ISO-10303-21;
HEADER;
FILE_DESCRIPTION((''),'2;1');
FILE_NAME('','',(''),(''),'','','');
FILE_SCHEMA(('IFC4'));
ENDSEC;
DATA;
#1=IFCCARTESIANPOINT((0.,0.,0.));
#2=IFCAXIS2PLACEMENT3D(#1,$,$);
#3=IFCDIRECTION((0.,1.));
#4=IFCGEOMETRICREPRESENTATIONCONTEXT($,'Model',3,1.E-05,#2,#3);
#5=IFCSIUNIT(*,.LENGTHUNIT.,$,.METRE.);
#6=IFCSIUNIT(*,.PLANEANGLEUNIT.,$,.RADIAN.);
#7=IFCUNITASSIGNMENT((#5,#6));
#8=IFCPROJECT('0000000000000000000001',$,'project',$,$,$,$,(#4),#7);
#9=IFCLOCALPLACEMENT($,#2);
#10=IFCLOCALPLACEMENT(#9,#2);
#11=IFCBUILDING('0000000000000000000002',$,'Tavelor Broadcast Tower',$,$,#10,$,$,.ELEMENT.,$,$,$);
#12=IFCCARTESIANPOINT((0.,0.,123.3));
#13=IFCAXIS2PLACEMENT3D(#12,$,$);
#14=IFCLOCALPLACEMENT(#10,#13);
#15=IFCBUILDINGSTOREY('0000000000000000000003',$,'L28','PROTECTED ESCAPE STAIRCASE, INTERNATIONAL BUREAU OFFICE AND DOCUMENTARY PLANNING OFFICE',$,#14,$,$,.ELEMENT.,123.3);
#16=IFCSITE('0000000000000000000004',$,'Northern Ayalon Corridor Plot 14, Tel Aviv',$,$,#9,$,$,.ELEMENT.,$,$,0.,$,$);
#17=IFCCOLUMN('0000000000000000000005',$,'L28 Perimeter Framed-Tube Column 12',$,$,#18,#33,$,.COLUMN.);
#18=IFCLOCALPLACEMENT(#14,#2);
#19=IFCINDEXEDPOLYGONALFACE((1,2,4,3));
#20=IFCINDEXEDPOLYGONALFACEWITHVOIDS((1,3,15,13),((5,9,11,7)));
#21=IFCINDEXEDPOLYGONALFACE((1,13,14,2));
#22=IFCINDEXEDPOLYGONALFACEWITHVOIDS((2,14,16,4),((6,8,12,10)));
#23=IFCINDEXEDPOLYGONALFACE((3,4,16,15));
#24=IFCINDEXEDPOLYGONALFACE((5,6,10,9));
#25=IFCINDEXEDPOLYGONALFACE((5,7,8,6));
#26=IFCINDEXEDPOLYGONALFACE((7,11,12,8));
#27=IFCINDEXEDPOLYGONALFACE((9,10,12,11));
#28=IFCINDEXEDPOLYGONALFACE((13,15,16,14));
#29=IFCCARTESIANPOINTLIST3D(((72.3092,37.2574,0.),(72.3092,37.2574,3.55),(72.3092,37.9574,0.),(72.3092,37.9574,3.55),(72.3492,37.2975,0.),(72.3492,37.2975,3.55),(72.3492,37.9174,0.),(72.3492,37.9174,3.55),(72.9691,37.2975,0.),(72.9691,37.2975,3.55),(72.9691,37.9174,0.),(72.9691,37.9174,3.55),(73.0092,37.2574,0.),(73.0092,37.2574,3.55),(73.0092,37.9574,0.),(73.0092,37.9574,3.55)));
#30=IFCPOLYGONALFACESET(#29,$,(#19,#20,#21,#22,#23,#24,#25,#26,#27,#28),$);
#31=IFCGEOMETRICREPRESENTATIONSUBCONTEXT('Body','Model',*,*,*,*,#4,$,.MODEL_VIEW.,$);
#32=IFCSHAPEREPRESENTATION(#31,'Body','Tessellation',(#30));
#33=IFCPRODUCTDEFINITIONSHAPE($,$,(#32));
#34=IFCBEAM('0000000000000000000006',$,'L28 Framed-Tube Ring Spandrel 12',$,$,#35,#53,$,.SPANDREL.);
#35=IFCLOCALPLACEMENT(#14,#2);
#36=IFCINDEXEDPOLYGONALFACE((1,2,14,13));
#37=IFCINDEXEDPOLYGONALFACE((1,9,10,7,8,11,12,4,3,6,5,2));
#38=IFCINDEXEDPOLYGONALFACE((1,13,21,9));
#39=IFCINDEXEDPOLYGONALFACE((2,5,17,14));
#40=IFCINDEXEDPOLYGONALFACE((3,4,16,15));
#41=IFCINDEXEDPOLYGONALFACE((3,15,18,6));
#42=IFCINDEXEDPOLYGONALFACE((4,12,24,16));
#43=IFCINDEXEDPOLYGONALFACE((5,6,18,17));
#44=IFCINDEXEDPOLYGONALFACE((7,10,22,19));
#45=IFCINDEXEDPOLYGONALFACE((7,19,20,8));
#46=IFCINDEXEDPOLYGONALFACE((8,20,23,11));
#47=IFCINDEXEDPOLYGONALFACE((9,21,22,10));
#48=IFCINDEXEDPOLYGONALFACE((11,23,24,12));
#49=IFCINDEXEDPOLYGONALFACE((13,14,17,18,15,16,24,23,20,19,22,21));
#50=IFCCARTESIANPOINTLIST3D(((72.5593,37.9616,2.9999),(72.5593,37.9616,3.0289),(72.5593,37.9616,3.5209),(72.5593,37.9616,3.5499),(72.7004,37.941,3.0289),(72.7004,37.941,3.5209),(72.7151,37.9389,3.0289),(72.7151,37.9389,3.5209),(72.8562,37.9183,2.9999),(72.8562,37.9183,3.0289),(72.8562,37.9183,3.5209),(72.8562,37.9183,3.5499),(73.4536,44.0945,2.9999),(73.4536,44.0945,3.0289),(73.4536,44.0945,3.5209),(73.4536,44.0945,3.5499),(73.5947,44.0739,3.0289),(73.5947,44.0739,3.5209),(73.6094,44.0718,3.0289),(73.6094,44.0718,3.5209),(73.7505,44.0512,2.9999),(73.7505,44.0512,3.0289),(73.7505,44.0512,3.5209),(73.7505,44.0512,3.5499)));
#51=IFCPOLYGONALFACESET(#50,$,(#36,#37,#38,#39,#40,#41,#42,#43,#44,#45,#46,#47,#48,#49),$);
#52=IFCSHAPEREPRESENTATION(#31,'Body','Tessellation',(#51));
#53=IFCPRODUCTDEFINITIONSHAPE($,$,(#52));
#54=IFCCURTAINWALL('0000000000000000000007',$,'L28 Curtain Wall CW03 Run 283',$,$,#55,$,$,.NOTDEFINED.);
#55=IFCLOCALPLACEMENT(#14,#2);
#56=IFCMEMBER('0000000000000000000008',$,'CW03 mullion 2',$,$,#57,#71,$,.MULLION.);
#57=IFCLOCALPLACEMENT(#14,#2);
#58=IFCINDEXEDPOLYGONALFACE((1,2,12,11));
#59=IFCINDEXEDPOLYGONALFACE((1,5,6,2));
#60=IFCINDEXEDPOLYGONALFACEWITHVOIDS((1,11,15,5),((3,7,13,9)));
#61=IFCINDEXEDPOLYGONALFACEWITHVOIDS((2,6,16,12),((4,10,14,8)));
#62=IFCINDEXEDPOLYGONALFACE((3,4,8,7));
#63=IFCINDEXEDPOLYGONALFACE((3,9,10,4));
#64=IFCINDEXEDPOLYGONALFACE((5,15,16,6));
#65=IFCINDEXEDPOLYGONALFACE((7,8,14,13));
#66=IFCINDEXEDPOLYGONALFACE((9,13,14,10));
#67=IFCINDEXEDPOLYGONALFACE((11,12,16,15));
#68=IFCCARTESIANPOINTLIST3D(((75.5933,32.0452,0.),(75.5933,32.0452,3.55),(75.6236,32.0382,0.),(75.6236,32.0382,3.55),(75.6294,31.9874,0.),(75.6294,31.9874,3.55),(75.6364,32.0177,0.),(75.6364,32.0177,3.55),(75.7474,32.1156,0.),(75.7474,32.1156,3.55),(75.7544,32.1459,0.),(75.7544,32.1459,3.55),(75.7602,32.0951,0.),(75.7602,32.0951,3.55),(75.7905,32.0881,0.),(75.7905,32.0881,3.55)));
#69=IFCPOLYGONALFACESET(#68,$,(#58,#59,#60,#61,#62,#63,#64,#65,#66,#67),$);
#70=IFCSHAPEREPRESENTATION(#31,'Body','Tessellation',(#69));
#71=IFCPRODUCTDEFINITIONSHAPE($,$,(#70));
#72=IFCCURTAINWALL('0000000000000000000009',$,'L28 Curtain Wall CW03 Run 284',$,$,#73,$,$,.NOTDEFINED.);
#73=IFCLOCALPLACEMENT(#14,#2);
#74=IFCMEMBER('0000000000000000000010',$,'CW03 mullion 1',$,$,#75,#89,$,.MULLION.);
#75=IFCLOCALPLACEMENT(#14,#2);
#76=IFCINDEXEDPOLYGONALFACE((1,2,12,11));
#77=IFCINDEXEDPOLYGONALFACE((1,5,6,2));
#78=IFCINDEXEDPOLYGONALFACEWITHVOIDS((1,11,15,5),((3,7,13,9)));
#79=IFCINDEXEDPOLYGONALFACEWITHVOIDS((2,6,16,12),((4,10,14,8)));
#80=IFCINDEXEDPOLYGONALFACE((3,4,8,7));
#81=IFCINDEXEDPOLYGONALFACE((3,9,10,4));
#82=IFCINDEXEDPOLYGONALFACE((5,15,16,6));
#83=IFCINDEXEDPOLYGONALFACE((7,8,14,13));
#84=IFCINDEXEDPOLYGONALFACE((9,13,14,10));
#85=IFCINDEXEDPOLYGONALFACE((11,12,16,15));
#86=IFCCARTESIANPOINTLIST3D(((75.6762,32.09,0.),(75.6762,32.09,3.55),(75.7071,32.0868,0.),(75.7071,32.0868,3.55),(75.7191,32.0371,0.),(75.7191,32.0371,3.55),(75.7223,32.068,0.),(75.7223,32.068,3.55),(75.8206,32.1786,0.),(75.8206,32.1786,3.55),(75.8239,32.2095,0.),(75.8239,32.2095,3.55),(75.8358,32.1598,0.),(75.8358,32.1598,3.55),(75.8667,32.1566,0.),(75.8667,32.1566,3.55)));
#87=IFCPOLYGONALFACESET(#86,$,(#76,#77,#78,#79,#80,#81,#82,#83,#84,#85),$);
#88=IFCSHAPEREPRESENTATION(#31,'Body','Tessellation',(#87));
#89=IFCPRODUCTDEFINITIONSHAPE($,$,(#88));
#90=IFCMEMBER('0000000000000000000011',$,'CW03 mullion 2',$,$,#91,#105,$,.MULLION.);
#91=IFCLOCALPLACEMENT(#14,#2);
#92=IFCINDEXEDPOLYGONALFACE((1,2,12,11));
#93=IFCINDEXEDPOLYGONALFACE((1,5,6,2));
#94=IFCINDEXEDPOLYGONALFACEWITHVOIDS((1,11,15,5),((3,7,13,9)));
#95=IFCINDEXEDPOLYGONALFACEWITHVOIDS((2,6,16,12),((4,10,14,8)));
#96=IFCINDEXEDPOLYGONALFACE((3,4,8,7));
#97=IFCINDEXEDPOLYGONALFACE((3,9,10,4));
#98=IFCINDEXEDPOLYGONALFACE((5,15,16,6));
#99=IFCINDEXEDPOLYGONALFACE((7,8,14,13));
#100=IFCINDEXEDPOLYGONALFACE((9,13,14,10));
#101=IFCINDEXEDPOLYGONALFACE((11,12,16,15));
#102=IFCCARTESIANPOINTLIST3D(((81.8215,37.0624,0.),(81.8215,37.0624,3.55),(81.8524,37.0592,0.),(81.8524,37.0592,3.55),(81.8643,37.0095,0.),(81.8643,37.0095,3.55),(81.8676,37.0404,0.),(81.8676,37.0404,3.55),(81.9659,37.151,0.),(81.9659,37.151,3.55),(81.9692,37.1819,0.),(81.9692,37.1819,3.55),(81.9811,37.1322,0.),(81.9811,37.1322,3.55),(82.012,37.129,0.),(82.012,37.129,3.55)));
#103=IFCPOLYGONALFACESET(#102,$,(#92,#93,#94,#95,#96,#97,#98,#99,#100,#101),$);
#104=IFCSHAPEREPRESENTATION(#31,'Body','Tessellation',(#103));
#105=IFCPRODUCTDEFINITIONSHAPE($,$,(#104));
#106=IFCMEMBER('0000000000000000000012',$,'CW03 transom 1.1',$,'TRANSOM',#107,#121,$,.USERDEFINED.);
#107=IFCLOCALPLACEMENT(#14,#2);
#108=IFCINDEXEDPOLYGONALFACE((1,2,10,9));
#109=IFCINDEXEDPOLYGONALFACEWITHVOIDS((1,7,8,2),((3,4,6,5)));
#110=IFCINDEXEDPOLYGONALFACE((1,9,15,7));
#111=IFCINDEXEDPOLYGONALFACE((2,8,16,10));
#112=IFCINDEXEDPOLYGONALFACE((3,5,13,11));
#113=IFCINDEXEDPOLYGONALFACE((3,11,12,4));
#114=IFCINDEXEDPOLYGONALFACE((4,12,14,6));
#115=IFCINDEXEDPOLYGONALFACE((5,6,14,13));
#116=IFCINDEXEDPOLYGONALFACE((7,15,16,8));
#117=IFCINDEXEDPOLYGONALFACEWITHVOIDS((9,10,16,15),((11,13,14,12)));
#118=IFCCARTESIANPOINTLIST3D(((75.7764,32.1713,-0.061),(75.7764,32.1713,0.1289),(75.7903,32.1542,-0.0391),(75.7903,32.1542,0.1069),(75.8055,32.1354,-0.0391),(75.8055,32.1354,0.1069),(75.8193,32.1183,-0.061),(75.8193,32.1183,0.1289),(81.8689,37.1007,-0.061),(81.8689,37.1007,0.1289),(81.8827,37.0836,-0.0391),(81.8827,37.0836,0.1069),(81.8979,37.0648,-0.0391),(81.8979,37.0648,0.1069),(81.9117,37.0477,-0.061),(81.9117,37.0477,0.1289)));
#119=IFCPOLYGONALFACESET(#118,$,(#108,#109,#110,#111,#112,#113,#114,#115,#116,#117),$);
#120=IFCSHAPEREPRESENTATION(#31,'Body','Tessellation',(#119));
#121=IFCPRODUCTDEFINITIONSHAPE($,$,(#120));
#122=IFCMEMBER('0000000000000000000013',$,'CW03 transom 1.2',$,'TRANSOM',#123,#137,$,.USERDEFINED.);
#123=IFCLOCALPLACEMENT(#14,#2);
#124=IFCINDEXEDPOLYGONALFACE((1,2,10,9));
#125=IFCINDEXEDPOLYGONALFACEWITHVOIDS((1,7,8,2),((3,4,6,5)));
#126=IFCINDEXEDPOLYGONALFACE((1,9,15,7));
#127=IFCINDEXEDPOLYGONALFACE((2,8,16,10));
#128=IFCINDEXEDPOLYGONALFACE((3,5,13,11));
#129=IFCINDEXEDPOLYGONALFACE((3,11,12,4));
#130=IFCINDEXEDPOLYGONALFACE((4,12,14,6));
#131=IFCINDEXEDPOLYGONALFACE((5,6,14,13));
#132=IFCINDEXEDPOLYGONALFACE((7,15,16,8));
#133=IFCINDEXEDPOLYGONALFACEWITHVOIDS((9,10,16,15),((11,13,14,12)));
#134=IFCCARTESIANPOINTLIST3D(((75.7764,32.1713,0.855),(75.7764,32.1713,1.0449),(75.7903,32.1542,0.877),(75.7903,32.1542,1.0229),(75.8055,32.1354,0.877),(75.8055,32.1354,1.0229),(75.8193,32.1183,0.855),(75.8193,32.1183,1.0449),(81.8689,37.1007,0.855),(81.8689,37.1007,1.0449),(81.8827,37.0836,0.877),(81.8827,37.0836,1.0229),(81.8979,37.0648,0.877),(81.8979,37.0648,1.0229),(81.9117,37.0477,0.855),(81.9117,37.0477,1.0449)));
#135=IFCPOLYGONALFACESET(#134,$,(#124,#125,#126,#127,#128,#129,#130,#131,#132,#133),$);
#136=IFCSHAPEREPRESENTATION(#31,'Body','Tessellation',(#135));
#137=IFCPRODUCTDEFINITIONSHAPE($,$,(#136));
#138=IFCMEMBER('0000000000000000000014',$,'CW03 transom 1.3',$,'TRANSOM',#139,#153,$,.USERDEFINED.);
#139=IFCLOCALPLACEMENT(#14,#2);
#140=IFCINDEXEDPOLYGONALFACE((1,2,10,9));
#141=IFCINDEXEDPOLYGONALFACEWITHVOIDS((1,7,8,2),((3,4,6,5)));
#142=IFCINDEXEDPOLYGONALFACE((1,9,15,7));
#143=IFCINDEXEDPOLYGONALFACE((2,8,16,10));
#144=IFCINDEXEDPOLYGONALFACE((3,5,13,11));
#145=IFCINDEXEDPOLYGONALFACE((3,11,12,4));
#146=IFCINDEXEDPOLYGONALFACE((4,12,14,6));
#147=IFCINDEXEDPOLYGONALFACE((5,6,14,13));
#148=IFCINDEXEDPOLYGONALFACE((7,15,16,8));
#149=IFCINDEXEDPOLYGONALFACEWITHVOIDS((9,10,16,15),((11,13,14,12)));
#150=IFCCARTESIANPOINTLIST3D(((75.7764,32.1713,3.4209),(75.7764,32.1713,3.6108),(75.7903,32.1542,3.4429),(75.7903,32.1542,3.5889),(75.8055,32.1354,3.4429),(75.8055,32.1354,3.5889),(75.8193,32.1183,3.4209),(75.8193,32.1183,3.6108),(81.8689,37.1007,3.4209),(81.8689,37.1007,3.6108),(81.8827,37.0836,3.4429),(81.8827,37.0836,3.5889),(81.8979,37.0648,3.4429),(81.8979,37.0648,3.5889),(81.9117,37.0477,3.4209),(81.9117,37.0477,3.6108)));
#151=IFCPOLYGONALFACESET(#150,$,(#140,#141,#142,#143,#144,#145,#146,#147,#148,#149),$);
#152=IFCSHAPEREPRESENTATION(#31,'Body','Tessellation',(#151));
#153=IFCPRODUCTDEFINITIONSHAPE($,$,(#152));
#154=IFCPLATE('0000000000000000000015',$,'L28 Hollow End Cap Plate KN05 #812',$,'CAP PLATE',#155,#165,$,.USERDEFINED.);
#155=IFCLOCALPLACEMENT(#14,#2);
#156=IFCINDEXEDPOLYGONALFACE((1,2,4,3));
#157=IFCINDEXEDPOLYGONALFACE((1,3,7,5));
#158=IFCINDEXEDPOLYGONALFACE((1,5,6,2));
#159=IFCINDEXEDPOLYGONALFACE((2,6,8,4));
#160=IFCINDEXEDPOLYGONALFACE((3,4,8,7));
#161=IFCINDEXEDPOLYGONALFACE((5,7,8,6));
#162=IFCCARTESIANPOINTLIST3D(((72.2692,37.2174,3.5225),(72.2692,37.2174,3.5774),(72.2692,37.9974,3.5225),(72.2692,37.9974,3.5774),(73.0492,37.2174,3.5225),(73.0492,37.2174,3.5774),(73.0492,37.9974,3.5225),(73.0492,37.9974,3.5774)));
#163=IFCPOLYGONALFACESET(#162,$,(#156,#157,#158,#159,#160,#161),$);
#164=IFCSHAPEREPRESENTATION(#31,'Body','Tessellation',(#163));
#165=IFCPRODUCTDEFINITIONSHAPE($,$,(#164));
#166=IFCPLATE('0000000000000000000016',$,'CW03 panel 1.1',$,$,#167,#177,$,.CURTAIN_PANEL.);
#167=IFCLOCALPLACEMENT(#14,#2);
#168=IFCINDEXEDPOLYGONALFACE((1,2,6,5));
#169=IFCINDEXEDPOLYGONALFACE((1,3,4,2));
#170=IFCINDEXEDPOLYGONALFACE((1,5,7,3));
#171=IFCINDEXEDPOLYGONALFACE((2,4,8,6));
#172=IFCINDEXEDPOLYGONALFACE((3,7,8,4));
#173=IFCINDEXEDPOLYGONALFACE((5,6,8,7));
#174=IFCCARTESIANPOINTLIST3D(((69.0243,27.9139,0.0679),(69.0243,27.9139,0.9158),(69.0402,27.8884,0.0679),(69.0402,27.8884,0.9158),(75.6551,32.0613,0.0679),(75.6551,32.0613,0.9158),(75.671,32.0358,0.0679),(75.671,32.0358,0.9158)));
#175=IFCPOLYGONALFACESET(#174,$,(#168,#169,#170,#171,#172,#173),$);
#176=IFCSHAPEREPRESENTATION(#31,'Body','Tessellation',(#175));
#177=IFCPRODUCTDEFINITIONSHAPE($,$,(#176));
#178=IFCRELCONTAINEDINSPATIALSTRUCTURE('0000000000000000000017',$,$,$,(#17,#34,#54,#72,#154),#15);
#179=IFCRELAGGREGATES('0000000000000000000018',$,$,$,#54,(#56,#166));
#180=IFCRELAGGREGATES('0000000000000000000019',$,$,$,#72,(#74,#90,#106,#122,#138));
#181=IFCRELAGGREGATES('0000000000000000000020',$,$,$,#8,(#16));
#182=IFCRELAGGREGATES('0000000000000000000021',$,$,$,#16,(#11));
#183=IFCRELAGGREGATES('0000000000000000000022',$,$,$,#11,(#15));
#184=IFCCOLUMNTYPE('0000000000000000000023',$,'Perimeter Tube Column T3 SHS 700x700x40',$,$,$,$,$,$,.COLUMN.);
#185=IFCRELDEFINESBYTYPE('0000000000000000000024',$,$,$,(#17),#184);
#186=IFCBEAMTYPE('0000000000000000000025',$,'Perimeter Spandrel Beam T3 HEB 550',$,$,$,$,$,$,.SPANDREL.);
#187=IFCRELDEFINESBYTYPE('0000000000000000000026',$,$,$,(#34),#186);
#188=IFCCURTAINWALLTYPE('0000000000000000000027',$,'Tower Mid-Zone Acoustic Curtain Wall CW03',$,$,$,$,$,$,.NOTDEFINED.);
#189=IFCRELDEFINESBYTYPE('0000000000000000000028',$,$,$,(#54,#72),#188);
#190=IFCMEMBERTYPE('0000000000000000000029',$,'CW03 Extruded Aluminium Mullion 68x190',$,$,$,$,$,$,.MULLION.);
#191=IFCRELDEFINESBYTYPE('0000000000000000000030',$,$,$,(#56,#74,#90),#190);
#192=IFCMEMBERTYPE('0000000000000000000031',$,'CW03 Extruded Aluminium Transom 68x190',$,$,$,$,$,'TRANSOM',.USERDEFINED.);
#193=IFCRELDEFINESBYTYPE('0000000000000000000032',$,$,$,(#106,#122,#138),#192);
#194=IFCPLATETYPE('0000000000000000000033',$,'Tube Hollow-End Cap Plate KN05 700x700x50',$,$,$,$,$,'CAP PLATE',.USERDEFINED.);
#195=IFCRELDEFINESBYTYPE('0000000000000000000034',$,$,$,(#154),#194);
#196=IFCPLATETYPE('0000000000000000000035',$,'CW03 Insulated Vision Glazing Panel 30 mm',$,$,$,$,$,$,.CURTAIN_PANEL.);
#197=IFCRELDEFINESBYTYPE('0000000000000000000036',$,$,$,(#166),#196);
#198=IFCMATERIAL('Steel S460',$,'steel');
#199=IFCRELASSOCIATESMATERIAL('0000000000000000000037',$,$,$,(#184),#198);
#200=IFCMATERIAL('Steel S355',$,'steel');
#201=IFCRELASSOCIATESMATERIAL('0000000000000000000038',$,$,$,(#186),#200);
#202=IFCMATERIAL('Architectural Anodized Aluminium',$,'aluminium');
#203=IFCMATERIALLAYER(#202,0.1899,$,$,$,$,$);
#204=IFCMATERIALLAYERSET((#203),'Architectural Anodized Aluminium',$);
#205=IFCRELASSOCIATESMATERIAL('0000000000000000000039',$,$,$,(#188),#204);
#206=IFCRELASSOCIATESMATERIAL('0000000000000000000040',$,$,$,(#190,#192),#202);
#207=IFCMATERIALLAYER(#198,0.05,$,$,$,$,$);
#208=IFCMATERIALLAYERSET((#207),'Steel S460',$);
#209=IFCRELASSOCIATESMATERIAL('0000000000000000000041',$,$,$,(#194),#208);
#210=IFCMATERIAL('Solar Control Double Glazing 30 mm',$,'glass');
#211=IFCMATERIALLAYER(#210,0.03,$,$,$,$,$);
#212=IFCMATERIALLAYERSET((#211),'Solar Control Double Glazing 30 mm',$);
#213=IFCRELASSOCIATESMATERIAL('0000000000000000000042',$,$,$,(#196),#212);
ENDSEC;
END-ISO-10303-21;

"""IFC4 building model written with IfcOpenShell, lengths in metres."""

from ifc_helpers import new_model, si_unit, direction, frame, origin, origin_2d, place, context, subcontext, project, spatial, rectangle, hollow_rectangle, i_section, extrude, source, transform, mapped, material, layer, layer_set, material_profile, profile_set, type_object, type_shapes, element, aggregate, save


model = new_model("IFC4")

# Units and contexts
model_context = context("Model", 3, precision=1e-05, world=origin(), true_north=direction((0.0, 1.0)))
body_context = subcontext(model_context, "Body", "Model", "MODEL_VIEW")
ifc_project = project(units=[si_unit("LENGTHUNIT", "METRE"), si_unit("PLANEANGLEUNIT", "RADIAN")], contexts=[model_context])

# Site, building, storey
site_placement = place(None, origin())
site = spatial("IfcSite", under=ifc_project, at=site_placement, Name="Northern Ayalon Corridor Plot 14, Tel Aviv", CompositionType="ELEMENT", RefElevation=0.0)
building_placement = place(site_placement, origin())
building = spatial("IfcBuilding", under=site, at=building_placement, Name="Tavelor Broadcast Tower", CompositionType="ELEMENT")
storey_placement = place(building_placement, frame((0.0, 0.0, 123.3)))
storey = spatial("IfcBuildingStorey", under=building, at=storey_placement, Name="L28", Description="PROTECTED ESCAPE STAIRCASE, INTERNATIONAL BUREAU OFFICE AND DOCUMENTARY PLANNING OFFICE", CompositionType="ELEMENT", Elevation=123.3)

# Column
ifc_material_1 = material(Name="Steel S460", Category="steel")
ifc_material_profile_1 = material_profile(ifc_material_1, hollow_rectangle(XDim=0.7, YDim=0.7, WallThickness=0.04, at=origin_2d()), Name="SHS 700x700x40")
ifc_profile_set_1 = profile_set([ifc_material_profile_1], Name="Steel S460")
column_type = type_object("IfcColumnType", Name="Perimeter Tube Column T3 SHS 700x700x40", PredefinedType="COLUMN", material=ifc_profile_set_1)
column_placement = place(storey_placement, frame((72.6592, 37.6074, 0.0), z_axis=(0.0, 0.0, 1.0), x_axis=(1.0, 0.0, 0.0)))
element("IfcColumn", 1, at=column_placement, inside=storey, type_object=column_type, Name="L28 Perimeter Framed-Tube Column 12", PredefinedType="COLUMN", context=body_context, shape_type="SweptSolid", body=[
    extrude(hollow_rectangle(XDim=0.7, YDim=0.7, WallThickness=0.04, at=origin_2d()), origin(), (0.0, 0.0, 1.0), 3.55),
])

# Beam
ifc_material_2 = material(Name="Steel S355", Category="steel")
ifc_material_profile_2 = material_profile(ifc_material_2, i_section(OverallWidth=0.3, OverallDepth=0.55, WebThickness=0.0149, FlangeThickness=0.0291, at=origin_2d()), Name="HEB 550")
ifc_profile_set_2 = profile_set([ifc_material_profile_2], Name="Steel S355")
beam_type = type_object("IfcBeamType", Name="Perimeter Spandrel Beam T3 HEB 550", PredefinedType="SPANDREL", material=ifc_profile_set_2)
beam_placement = place(storey_placement, frame((72.7078, 37.9399, 3.2749), z_axis=(0.144294, 0.989535, 0.0), x_axis=(-0.989535, 0.144294, 0.0)))
element("IfcBeam", 2, at=beam_placement, inside=storey, type_object=beam_type, Name="L28 Framed-Tube Ring Spandrel 12", PredefinedType="SPANDREL", context=body_context, shape_type="SweptSolid", body=[
    extrude(i_section(OverallWidth=0.3, OverallDepth=0.55, WebThickness=0.0149, FlangeThickness=0.0291, at=origin_2d()), origin(), (0.0, 0.0, 1.0), 6.1978),
])

# Curtain wall, member
ifc_material_3 = material(Name="Architectural Anodized Aluminium", Category="aluminium")
ifc_layer_1 = layer(ifc_material_3, 0.1899)
ifc_layer_set_1 = layer_set([ifc_layer_1], Name="Architectural Anodized Aluminium")
curtain_wall_type = type_object("IfcCurtainWallType", Name="Tower Mid-Zone Acoustic Curtain Wall CW03", PredefinedType="NOTDEFINED", material=ifc_layer_set_1)
curtain_wall_1_placement = place(storey_placement, origin())
curtain_wall_1 = element("IfcCurtainWall", 3, at=curtain_wall_1_placement, inside=storey, type_object=curtain_wall_type, Name="L28 Curtain Wall CW03 Run 283", PredefinedType="NOTDEFINED")
ifc_material_profile_3 = material_profile(ifc_material_3, hollow_rectangle(XDim=0.0681, YDim=0.1899, WallThickness=0.022, at=origin_2d()), Name="RHS 68x190x22")
ifc_profile_set_3 = profile_set([ifc_material_profile_3], Name="Architectural Anodized Aluminium")
member_type_1 = type_object("IfcMemberType", Name="CW03 Extruded Aluminium Mullion 68x190", PredefinedType="MULLION", material=ifc_profile_set_3)
shared_shape_1 = source(origin(), body_context, "Body", "SweptSolid", [
    extrude(hollow_rectangle(XDim=0.0681, YDim=0.1899, WallThickness=0.022, at=origin_2d()), origin(), (0.0, 0.0, 1.0), 3.55),
])
type_shapes(member_type_1, [shared_shape_1])
member_1_placement = place(storey_placement, frame((75.6919, 32.0667, 0.0), z_axis=(0.0, 0.0, 1.0), x_axis=(-0.530293, 0.847815, 0.0)))
member_1 = element("IfcMember", 4, at=member_1_placement, type_object=member_type_1, Name="CW03 mullion 2", PredefinedType="MULLION", context=body_context, shape_type="MappedRepresentation", body=[
    mapped(shared_shape_1, transform((0.0, 0.0, 0.0), scale=1.0)),
])

# Curtain wall, members
curtain_wall_2_placement = place(storey_placement, origin())
curtain_wall_2 = element("IfcCurtainWall", 5, at=curtain_wall_2_placement, inside=storey, type_object=curtain_wall_type, Name="L28 Curtain Wall CW03 Run 284", PredefinedType="NOTDEFINED")
member_2_placement = place(storey_placement, frame((75.7715, 32.1233, 0.0), z_axis=(0.0, 0.0, 1.0), x_axis=(-0.628996, 0.777409, 0.0)))
member_2 = element("IfcMember", 6, at=member_2_placement, type_object=member_type_1, Name="CW03 mullion 1", PredefinedType="MULLION", context=body_context, shape_type="MappedRepresentation", body=[
    mapped(shared_shape_1, transform((0.0, 0.0, 0.0), scale=1.0)),
])
member_3_placement = place(storey_placement, frame((81.9167, 37.0957, 0.0), z_axis=(0.0, 0.0, 1.0), x_axis=(-0.628996, 0.777409, 0.0)))
member_3 = element("IfcMember", 7, at=member_3_placement, type_object=member_type_1, Name="CW03 mullion 2", PredefinedType="MULLION", context=body_context, shape_type="MappedRepresentation", body=[
    mapped(shared_shape_1, transform((0.0, 0.0, 0.0), scale=1.0)),
])
ifc_material_profile_4 = material_profile(ifc_material_3, hollow_rectangle(XDim=0.0681, YDim=0.1899, WallThickness=0.022, at=origin_2d()), Name="RHS 68x190x22")
ifc_profile_set_4 = profile_set([ifc_material_profile_4], Name="Architectural Anodized Aluminium")
member_type_2 = type_object("IfcMemberType", Name="CW03 Extruded Aluminium Transom 68x190", ElementType="TRANSOM", PredefinedType="USERDEFINED", material=ifc_profile_set_4)
shared_shape_2 = source(origin(), body_context, "Body", "SweptSolid", [
    extrude(hollow_rectangle(XDim=0.0681, YDim=0.1899, WallThickness=0.022, at=origin_2d()), origin(), (0.0, 0.0, 1.0), 7.8369),
])
type_shapes(member_type_2, [shared_shape_2])
member_4_placement = place(storey_placement, frame((75.7979, 32.1448, 0.0339), z_axis=(0.777407, 0.628997, 0.0), x_axis=(-0.628997, 0.777407, 0.0)))
member_4 = element("IfcMember", 8, at=member_4_placement, type_object=member_type_2, Name="CW03 transom 1.1", ObjectType="TRANSOM", PredefinedType="USERDEFINED", context=body_context, shape_type="MappedRepresentation", body=[
    mapped(shared_shape_2, transform((0.0, 0.0, 0.0), scale=1.0)),
])
member_5_placement = place(storey_placement, frame((75.7979, 32.1448, 0.95), z_axis=(0.777407, 0.628997, 0.0), x_axis=(-0.628997, 0.777407, 0.0)))
member_5 = element("IfcMember", 9, at=member_5_placement, type_object=member_type_2, Name="CW03 transom 1.2", ObjectType="TRANSOM", PredefinedType="USERDEFINED", context=body_context, shape_type="MappedRepresentation", body=[
    mapped(shared_shape_2, transform((0.0, 0.0, 0.0), scale=1.0)),
])
member_6_placement = place(storey_placement, frame((75.7979, 32.1448, 3.5159), z_axis=(0.777407, 0.628997, 0.0), x_axis=(-0.628997, 0.777407, 0.0)))
member_6 = element("IfcMember", 10, at=member_6_placement, type_object=member_type_2, Name="CW03 transom 1.3", ObjectType="TRANSOM", PredefinedType="USERDEFINED", context=body_context, shape_type="MappedRepresentation", body=[
    mapped(shared_shape_2, transform((0.0, 0.0, 0.0), scale=1.0)),
])

# Plates
ifc_layer_2 = layer(ifc_material_1, 0.05)
ifc_layer_set_2 = layer_set([ifc_layer_2], Name="Steel S460")
plate_type_1 = type_object("IfcPlateType", Name="Tube Hollow-End Cap Plate KN05 700x700x50", ElementType="CAP PLATE", PredefinedType="USERDEFINED", material=ifc_layer_set_2)
shared_shape_3 = source(origin(), body_context, "Body", "SweptSolid", [
    extrude(rectangle(XDim=0.78, YDim=0.78, at=origin_2d()), origin(), (0.0, 0.0, 1.0), 0.0549),
])
type_shapes(plate_type_1, [shared_shape_3])
plate_1_placement = place(storey_placement, frame((72.6592, 37.6074, 3.5225), z_axis=(0.0, 0.0, 1.0), x_axis=(1.0, 0.0, 0.0)))
element("IfcPlate", 11, at=plate_1_placement, inside=storey, type_object=plate_type_1, Name="L28 Hollow End Cap Plate KN05 #812", ObjectType="CAP PLATE", PredefinedType="USERDEFINED", context=body_context, shape_type="MappedRepresentation", body=[
    mapped(shared_shape_3, transform((0.0, 0.0, 0.0), scale=1.0)),
])
ifc_material_4 = material(Name="Solar Control Double Glazing 30 mm", Category="glass")
ifc_layer_3 = layer(ifc_material_4, 0.03)
ifc_layer_set_3 = layer_set([ifc_layer_3], Name="Solar Control Double Glazing 30 mm")
plate_type_2 = type_object("IfcPlateType", Name="CW03 Insulated Vision Glazing Panel 30 mm", PredefinedType="CURTAIN_PANEL", material=ifc_layer_set_3)
shared_shape_4 = source(origin(), body_context, "Body", "SweptSolid", [
    extrude(rectangle(XDim=7.821, YDim=0.03, at=origin_2d()), origin(), (0.0, 0.0, 1.0), 0.8479),
])
plate_2_placement = place(storey_placement, frame((72.3477, 29.9749, 0.0679), z_axis=(0.0, 0.0, 1.0), x_axis=(0.847815, 0.530293, 0.0)))
plate_2 = element("IfcPlate", 12, at=plate_2_placement, type_object=plate_type_2, Name="CW03 panel 1.1", PredefinedType="CURTAIN_PANEL", context=body_context, shape_type="MappedRepresentation", body=[
    mapped(shared_shape_4, transform((0.0, 0.0, 0.0), scale=1.0)),
])
aggregate(curtain_wall_1, [member_1, plate_2])
aggregate(curtain_wall_2, [member_2, member_3, member_4, member_5, member_6])

save(model, "model.ifc")
